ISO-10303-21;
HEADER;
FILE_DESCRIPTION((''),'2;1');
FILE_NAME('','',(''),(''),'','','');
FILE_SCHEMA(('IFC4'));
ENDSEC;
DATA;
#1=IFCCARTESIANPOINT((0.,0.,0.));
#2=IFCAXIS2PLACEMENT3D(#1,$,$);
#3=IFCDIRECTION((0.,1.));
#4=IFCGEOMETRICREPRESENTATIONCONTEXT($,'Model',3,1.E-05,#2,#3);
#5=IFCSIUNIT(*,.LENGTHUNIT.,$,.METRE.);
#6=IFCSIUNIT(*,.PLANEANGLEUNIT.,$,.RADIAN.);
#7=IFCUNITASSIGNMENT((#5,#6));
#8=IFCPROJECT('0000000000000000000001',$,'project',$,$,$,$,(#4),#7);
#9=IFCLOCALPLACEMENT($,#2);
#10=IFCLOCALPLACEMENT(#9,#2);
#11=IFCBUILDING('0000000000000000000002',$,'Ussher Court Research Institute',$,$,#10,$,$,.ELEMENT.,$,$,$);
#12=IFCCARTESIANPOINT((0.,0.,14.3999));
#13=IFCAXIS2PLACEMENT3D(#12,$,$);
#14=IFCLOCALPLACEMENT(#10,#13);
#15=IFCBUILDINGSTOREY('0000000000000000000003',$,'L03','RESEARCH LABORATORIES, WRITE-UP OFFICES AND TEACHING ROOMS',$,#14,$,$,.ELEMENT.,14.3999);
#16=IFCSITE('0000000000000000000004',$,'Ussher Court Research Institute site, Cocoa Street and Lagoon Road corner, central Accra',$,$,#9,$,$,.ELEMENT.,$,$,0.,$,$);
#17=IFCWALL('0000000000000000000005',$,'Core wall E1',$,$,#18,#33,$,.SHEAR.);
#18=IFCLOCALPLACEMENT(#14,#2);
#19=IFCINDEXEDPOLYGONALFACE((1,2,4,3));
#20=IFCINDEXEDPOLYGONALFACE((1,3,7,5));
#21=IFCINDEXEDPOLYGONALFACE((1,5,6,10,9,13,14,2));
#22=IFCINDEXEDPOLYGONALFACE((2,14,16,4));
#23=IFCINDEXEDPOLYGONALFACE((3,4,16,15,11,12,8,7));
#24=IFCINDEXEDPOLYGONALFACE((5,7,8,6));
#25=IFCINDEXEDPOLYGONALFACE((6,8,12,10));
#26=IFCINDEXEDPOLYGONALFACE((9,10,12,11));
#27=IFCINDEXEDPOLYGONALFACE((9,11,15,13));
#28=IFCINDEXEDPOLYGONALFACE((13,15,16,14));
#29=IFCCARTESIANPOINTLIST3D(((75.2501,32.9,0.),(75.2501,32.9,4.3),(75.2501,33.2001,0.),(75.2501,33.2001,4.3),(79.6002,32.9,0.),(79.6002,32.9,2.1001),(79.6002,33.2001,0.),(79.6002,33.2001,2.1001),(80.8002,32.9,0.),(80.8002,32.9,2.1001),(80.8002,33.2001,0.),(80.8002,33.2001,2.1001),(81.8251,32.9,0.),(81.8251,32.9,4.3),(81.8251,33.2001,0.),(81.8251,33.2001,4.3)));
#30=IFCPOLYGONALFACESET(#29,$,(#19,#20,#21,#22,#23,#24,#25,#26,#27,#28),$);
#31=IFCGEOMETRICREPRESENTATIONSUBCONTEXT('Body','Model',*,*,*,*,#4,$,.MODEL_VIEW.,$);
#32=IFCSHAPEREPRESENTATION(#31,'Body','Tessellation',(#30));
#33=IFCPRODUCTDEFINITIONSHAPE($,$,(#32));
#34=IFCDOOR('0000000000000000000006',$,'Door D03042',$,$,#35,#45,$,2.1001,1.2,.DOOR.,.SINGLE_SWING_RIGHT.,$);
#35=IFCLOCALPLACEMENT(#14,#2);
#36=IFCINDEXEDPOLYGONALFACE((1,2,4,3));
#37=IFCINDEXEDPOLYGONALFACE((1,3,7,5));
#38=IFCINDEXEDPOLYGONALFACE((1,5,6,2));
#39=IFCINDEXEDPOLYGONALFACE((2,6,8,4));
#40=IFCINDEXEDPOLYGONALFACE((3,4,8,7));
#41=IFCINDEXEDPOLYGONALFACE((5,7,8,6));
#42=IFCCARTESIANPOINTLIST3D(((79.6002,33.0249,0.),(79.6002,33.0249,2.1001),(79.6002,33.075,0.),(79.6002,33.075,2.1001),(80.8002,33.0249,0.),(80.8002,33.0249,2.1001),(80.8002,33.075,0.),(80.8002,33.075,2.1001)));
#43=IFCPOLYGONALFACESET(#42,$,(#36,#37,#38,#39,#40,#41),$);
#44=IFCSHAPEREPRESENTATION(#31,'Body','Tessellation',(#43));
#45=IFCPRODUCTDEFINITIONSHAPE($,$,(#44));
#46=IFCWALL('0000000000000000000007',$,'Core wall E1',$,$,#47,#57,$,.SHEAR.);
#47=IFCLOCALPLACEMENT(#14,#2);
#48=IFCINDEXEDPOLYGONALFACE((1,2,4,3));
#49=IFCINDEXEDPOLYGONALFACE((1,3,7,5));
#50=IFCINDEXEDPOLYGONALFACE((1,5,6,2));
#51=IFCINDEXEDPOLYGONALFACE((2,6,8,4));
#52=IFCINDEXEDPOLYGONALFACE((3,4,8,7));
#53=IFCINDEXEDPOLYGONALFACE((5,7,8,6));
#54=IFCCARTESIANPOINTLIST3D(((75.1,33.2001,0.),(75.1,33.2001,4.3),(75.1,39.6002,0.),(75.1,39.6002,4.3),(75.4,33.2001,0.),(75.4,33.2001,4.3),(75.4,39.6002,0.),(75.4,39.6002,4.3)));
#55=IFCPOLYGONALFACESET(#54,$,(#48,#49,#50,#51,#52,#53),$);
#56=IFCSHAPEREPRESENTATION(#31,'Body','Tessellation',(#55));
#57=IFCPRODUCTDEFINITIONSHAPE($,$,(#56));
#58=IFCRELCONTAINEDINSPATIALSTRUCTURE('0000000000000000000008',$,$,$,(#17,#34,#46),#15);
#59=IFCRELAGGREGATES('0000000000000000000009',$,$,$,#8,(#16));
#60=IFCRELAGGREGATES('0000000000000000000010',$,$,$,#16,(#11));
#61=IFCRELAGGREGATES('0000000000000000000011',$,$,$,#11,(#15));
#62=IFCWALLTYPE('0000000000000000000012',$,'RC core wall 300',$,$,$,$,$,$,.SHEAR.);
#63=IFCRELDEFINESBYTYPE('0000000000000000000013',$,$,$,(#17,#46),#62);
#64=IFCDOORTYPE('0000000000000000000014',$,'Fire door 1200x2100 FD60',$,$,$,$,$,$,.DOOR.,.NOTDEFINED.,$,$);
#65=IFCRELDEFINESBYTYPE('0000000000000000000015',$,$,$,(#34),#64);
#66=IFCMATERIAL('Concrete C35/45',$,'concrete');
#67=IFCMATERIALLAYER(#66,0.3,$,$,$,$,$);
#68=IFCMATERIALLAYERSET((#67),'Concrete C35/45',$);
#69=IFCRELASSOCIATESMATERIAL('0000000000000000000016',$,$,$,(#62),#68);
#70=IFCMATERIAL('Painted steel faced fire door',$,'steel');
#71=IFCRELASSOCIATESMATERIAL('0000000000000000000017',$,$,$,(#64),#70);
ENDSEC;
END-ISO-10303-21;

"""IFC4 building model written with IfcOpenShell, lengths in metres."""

from ifc_helpers import new_model, si_unit, direction, frame, frame_2d, origin, place, context, subcontext, project, spatial, rectangle, extrude, material, layer, layer_set, type_object, element, fill, save


model = new_model("IFC4")

# Units and contexts
model_context = context("Model", 3, precision=1e-05, world=origin(), true_north=direction((0.0, 1.0)))
body_context = subcontext(model_context, "Body", "Model", "MODEL_VIEW")
ifc_project = project(units=[si_unit("LENGTHUNIT", "METRE"), si_unit("PLANEANGLEUNIT", "RADIAN")], contexts=[model_context])

# Site, building, storey
site_placement = place(None, origin())
site = spatial("IfcSite", under=ifc_project, at=site_placement, Name="Ussher Court Research Institute site, Cocoa Street and Lagoon Road corner, central Accra", CompositionType="ELEMENT", RefElevation=0.0)
building_placement = place(site_placement, origin())
building = spatial("IfcBuilding", under=site, at=building_placement, Name="Ussher Court Research Institute", CompositionType="ELEMENT")
storey_placement = place(building_placement, frame((0.0, 0.0, 14.3999)))
storey = spatial("IfcBuildingStorey", under=building, at=storey_placement, Name="L03", Description="RESEARCH LABORATORIES, WRITE-UP OFFICES AND TEACHING ROOMS", CompositionType="ELEMENT", Elevation=14.3999)

# Wall, opening, door
ifc_material_1 = material(Name="Concrete C35/45", Category="concrete")
ifc_layer_1 = layer(ifc_material_1, 0.3)
ifc_layer_set_1 = layer_set([ifc_layer_1], Name="Concrete C35/45")
wall_type_1 = type_object("IfcWallType", Name="RC core wall 300", PredefinedType="SHEAR", material=ifc_layer_set_1)
wall_1_placement = place(storey_placement, frame((75.25, 33.05, 0.0), z_axis=(0.0, 0.0, 1.0), x_axis=(1.0, 0.0, 0.0)))
wall_1 = element("IfcWall", 1, at=wall_1_placement, inside=storey, type_object=wall_type_1, Name="Core wall E1", PredefinedType="SHEAR", context=body_context, shape_type="SweptSolid", body=[
    extrude(rectangle(XDim=6.575, YDim=0.3, at=frame_2d((3.2876, 0.0))), origin(), (0.0, 0.0, 1.0), 4.3),
])
opening_1_placement = place(wall_1_placement, frame((4.3501, 0.0, 0.0)))
opening_1 = element("IfcOpeningElement", 2, at=opening_1_placement, cuts=wall_1, PredefinedType="OPENING", context=body_context, shape_type="SweptSolid", body=[
    extrude(rectangle(XDim=1.2, YDim=2.1001, at=frame_2d((0.6001, 1.05))), frame((0.0, 0.1602, 0.0), z_axis=(0.0, -1.0, 0.0), x_axis=(1.0, 0.0, 0.0)), (0.0, 0.0, 1.0), 0.3201),
])
ifc_material_2 = material(Name="Painted steel faced fire door", Category="steel")
door_type_1 = type_object("IfcDoorType", Name="Fire door 1200x2100 FD60", OperationType="NOTDEFINED", PredefinedType="DOOR", material=ifc_material_2)
door_1_placement = place(opening_1_placement, origin())
door_1 = element("IfcDoor", 3, at=door_1_placement, inside=storey, type_object=door_type_1, Name="Door D03042", OperationType="SINGLE_SWING_RIGHT", OverallHeight=2.1001, OverallWidth=1.2, PredefinedType="DOOR", context=body_context, shape_type="SweptSolid", body=[
    extrude(rectangle(XDim=1.2, YDim=2.1001, at=frame_2d((0.6001, 1.05))), frame((0.0, 0.0249, 0.0), z_axis=(0.0, -1.0, 0.0), x_axis=(1.0, 0.0, 0.0)), (0.0, 0.0, 1.0), 0.05),
])
fill(opening_1, door_1)

# Wall
wall_2_placement = place(storey_placement, frame((75.25, 33.2, 0.0), z_axis=(0.0, 0.0, 1.0), x_axis=(0.0, 1.0, 0.0)))
element("IfcWall", 4, at=wall_2_placement, inside=storey, type_object=wall_type_1, Name="Core wall E1", PredefinedType="SHEAR", context=body_context, shape_type="SweptSolid", body=[
    extrude(rectangle(XDim=6.4001, YDim=0.3, at=frame_2d((3.2002, 0.0))), origin(), (0.0, 0.0, 1.0), 4.3),
])

save(model, "model.ifc")
